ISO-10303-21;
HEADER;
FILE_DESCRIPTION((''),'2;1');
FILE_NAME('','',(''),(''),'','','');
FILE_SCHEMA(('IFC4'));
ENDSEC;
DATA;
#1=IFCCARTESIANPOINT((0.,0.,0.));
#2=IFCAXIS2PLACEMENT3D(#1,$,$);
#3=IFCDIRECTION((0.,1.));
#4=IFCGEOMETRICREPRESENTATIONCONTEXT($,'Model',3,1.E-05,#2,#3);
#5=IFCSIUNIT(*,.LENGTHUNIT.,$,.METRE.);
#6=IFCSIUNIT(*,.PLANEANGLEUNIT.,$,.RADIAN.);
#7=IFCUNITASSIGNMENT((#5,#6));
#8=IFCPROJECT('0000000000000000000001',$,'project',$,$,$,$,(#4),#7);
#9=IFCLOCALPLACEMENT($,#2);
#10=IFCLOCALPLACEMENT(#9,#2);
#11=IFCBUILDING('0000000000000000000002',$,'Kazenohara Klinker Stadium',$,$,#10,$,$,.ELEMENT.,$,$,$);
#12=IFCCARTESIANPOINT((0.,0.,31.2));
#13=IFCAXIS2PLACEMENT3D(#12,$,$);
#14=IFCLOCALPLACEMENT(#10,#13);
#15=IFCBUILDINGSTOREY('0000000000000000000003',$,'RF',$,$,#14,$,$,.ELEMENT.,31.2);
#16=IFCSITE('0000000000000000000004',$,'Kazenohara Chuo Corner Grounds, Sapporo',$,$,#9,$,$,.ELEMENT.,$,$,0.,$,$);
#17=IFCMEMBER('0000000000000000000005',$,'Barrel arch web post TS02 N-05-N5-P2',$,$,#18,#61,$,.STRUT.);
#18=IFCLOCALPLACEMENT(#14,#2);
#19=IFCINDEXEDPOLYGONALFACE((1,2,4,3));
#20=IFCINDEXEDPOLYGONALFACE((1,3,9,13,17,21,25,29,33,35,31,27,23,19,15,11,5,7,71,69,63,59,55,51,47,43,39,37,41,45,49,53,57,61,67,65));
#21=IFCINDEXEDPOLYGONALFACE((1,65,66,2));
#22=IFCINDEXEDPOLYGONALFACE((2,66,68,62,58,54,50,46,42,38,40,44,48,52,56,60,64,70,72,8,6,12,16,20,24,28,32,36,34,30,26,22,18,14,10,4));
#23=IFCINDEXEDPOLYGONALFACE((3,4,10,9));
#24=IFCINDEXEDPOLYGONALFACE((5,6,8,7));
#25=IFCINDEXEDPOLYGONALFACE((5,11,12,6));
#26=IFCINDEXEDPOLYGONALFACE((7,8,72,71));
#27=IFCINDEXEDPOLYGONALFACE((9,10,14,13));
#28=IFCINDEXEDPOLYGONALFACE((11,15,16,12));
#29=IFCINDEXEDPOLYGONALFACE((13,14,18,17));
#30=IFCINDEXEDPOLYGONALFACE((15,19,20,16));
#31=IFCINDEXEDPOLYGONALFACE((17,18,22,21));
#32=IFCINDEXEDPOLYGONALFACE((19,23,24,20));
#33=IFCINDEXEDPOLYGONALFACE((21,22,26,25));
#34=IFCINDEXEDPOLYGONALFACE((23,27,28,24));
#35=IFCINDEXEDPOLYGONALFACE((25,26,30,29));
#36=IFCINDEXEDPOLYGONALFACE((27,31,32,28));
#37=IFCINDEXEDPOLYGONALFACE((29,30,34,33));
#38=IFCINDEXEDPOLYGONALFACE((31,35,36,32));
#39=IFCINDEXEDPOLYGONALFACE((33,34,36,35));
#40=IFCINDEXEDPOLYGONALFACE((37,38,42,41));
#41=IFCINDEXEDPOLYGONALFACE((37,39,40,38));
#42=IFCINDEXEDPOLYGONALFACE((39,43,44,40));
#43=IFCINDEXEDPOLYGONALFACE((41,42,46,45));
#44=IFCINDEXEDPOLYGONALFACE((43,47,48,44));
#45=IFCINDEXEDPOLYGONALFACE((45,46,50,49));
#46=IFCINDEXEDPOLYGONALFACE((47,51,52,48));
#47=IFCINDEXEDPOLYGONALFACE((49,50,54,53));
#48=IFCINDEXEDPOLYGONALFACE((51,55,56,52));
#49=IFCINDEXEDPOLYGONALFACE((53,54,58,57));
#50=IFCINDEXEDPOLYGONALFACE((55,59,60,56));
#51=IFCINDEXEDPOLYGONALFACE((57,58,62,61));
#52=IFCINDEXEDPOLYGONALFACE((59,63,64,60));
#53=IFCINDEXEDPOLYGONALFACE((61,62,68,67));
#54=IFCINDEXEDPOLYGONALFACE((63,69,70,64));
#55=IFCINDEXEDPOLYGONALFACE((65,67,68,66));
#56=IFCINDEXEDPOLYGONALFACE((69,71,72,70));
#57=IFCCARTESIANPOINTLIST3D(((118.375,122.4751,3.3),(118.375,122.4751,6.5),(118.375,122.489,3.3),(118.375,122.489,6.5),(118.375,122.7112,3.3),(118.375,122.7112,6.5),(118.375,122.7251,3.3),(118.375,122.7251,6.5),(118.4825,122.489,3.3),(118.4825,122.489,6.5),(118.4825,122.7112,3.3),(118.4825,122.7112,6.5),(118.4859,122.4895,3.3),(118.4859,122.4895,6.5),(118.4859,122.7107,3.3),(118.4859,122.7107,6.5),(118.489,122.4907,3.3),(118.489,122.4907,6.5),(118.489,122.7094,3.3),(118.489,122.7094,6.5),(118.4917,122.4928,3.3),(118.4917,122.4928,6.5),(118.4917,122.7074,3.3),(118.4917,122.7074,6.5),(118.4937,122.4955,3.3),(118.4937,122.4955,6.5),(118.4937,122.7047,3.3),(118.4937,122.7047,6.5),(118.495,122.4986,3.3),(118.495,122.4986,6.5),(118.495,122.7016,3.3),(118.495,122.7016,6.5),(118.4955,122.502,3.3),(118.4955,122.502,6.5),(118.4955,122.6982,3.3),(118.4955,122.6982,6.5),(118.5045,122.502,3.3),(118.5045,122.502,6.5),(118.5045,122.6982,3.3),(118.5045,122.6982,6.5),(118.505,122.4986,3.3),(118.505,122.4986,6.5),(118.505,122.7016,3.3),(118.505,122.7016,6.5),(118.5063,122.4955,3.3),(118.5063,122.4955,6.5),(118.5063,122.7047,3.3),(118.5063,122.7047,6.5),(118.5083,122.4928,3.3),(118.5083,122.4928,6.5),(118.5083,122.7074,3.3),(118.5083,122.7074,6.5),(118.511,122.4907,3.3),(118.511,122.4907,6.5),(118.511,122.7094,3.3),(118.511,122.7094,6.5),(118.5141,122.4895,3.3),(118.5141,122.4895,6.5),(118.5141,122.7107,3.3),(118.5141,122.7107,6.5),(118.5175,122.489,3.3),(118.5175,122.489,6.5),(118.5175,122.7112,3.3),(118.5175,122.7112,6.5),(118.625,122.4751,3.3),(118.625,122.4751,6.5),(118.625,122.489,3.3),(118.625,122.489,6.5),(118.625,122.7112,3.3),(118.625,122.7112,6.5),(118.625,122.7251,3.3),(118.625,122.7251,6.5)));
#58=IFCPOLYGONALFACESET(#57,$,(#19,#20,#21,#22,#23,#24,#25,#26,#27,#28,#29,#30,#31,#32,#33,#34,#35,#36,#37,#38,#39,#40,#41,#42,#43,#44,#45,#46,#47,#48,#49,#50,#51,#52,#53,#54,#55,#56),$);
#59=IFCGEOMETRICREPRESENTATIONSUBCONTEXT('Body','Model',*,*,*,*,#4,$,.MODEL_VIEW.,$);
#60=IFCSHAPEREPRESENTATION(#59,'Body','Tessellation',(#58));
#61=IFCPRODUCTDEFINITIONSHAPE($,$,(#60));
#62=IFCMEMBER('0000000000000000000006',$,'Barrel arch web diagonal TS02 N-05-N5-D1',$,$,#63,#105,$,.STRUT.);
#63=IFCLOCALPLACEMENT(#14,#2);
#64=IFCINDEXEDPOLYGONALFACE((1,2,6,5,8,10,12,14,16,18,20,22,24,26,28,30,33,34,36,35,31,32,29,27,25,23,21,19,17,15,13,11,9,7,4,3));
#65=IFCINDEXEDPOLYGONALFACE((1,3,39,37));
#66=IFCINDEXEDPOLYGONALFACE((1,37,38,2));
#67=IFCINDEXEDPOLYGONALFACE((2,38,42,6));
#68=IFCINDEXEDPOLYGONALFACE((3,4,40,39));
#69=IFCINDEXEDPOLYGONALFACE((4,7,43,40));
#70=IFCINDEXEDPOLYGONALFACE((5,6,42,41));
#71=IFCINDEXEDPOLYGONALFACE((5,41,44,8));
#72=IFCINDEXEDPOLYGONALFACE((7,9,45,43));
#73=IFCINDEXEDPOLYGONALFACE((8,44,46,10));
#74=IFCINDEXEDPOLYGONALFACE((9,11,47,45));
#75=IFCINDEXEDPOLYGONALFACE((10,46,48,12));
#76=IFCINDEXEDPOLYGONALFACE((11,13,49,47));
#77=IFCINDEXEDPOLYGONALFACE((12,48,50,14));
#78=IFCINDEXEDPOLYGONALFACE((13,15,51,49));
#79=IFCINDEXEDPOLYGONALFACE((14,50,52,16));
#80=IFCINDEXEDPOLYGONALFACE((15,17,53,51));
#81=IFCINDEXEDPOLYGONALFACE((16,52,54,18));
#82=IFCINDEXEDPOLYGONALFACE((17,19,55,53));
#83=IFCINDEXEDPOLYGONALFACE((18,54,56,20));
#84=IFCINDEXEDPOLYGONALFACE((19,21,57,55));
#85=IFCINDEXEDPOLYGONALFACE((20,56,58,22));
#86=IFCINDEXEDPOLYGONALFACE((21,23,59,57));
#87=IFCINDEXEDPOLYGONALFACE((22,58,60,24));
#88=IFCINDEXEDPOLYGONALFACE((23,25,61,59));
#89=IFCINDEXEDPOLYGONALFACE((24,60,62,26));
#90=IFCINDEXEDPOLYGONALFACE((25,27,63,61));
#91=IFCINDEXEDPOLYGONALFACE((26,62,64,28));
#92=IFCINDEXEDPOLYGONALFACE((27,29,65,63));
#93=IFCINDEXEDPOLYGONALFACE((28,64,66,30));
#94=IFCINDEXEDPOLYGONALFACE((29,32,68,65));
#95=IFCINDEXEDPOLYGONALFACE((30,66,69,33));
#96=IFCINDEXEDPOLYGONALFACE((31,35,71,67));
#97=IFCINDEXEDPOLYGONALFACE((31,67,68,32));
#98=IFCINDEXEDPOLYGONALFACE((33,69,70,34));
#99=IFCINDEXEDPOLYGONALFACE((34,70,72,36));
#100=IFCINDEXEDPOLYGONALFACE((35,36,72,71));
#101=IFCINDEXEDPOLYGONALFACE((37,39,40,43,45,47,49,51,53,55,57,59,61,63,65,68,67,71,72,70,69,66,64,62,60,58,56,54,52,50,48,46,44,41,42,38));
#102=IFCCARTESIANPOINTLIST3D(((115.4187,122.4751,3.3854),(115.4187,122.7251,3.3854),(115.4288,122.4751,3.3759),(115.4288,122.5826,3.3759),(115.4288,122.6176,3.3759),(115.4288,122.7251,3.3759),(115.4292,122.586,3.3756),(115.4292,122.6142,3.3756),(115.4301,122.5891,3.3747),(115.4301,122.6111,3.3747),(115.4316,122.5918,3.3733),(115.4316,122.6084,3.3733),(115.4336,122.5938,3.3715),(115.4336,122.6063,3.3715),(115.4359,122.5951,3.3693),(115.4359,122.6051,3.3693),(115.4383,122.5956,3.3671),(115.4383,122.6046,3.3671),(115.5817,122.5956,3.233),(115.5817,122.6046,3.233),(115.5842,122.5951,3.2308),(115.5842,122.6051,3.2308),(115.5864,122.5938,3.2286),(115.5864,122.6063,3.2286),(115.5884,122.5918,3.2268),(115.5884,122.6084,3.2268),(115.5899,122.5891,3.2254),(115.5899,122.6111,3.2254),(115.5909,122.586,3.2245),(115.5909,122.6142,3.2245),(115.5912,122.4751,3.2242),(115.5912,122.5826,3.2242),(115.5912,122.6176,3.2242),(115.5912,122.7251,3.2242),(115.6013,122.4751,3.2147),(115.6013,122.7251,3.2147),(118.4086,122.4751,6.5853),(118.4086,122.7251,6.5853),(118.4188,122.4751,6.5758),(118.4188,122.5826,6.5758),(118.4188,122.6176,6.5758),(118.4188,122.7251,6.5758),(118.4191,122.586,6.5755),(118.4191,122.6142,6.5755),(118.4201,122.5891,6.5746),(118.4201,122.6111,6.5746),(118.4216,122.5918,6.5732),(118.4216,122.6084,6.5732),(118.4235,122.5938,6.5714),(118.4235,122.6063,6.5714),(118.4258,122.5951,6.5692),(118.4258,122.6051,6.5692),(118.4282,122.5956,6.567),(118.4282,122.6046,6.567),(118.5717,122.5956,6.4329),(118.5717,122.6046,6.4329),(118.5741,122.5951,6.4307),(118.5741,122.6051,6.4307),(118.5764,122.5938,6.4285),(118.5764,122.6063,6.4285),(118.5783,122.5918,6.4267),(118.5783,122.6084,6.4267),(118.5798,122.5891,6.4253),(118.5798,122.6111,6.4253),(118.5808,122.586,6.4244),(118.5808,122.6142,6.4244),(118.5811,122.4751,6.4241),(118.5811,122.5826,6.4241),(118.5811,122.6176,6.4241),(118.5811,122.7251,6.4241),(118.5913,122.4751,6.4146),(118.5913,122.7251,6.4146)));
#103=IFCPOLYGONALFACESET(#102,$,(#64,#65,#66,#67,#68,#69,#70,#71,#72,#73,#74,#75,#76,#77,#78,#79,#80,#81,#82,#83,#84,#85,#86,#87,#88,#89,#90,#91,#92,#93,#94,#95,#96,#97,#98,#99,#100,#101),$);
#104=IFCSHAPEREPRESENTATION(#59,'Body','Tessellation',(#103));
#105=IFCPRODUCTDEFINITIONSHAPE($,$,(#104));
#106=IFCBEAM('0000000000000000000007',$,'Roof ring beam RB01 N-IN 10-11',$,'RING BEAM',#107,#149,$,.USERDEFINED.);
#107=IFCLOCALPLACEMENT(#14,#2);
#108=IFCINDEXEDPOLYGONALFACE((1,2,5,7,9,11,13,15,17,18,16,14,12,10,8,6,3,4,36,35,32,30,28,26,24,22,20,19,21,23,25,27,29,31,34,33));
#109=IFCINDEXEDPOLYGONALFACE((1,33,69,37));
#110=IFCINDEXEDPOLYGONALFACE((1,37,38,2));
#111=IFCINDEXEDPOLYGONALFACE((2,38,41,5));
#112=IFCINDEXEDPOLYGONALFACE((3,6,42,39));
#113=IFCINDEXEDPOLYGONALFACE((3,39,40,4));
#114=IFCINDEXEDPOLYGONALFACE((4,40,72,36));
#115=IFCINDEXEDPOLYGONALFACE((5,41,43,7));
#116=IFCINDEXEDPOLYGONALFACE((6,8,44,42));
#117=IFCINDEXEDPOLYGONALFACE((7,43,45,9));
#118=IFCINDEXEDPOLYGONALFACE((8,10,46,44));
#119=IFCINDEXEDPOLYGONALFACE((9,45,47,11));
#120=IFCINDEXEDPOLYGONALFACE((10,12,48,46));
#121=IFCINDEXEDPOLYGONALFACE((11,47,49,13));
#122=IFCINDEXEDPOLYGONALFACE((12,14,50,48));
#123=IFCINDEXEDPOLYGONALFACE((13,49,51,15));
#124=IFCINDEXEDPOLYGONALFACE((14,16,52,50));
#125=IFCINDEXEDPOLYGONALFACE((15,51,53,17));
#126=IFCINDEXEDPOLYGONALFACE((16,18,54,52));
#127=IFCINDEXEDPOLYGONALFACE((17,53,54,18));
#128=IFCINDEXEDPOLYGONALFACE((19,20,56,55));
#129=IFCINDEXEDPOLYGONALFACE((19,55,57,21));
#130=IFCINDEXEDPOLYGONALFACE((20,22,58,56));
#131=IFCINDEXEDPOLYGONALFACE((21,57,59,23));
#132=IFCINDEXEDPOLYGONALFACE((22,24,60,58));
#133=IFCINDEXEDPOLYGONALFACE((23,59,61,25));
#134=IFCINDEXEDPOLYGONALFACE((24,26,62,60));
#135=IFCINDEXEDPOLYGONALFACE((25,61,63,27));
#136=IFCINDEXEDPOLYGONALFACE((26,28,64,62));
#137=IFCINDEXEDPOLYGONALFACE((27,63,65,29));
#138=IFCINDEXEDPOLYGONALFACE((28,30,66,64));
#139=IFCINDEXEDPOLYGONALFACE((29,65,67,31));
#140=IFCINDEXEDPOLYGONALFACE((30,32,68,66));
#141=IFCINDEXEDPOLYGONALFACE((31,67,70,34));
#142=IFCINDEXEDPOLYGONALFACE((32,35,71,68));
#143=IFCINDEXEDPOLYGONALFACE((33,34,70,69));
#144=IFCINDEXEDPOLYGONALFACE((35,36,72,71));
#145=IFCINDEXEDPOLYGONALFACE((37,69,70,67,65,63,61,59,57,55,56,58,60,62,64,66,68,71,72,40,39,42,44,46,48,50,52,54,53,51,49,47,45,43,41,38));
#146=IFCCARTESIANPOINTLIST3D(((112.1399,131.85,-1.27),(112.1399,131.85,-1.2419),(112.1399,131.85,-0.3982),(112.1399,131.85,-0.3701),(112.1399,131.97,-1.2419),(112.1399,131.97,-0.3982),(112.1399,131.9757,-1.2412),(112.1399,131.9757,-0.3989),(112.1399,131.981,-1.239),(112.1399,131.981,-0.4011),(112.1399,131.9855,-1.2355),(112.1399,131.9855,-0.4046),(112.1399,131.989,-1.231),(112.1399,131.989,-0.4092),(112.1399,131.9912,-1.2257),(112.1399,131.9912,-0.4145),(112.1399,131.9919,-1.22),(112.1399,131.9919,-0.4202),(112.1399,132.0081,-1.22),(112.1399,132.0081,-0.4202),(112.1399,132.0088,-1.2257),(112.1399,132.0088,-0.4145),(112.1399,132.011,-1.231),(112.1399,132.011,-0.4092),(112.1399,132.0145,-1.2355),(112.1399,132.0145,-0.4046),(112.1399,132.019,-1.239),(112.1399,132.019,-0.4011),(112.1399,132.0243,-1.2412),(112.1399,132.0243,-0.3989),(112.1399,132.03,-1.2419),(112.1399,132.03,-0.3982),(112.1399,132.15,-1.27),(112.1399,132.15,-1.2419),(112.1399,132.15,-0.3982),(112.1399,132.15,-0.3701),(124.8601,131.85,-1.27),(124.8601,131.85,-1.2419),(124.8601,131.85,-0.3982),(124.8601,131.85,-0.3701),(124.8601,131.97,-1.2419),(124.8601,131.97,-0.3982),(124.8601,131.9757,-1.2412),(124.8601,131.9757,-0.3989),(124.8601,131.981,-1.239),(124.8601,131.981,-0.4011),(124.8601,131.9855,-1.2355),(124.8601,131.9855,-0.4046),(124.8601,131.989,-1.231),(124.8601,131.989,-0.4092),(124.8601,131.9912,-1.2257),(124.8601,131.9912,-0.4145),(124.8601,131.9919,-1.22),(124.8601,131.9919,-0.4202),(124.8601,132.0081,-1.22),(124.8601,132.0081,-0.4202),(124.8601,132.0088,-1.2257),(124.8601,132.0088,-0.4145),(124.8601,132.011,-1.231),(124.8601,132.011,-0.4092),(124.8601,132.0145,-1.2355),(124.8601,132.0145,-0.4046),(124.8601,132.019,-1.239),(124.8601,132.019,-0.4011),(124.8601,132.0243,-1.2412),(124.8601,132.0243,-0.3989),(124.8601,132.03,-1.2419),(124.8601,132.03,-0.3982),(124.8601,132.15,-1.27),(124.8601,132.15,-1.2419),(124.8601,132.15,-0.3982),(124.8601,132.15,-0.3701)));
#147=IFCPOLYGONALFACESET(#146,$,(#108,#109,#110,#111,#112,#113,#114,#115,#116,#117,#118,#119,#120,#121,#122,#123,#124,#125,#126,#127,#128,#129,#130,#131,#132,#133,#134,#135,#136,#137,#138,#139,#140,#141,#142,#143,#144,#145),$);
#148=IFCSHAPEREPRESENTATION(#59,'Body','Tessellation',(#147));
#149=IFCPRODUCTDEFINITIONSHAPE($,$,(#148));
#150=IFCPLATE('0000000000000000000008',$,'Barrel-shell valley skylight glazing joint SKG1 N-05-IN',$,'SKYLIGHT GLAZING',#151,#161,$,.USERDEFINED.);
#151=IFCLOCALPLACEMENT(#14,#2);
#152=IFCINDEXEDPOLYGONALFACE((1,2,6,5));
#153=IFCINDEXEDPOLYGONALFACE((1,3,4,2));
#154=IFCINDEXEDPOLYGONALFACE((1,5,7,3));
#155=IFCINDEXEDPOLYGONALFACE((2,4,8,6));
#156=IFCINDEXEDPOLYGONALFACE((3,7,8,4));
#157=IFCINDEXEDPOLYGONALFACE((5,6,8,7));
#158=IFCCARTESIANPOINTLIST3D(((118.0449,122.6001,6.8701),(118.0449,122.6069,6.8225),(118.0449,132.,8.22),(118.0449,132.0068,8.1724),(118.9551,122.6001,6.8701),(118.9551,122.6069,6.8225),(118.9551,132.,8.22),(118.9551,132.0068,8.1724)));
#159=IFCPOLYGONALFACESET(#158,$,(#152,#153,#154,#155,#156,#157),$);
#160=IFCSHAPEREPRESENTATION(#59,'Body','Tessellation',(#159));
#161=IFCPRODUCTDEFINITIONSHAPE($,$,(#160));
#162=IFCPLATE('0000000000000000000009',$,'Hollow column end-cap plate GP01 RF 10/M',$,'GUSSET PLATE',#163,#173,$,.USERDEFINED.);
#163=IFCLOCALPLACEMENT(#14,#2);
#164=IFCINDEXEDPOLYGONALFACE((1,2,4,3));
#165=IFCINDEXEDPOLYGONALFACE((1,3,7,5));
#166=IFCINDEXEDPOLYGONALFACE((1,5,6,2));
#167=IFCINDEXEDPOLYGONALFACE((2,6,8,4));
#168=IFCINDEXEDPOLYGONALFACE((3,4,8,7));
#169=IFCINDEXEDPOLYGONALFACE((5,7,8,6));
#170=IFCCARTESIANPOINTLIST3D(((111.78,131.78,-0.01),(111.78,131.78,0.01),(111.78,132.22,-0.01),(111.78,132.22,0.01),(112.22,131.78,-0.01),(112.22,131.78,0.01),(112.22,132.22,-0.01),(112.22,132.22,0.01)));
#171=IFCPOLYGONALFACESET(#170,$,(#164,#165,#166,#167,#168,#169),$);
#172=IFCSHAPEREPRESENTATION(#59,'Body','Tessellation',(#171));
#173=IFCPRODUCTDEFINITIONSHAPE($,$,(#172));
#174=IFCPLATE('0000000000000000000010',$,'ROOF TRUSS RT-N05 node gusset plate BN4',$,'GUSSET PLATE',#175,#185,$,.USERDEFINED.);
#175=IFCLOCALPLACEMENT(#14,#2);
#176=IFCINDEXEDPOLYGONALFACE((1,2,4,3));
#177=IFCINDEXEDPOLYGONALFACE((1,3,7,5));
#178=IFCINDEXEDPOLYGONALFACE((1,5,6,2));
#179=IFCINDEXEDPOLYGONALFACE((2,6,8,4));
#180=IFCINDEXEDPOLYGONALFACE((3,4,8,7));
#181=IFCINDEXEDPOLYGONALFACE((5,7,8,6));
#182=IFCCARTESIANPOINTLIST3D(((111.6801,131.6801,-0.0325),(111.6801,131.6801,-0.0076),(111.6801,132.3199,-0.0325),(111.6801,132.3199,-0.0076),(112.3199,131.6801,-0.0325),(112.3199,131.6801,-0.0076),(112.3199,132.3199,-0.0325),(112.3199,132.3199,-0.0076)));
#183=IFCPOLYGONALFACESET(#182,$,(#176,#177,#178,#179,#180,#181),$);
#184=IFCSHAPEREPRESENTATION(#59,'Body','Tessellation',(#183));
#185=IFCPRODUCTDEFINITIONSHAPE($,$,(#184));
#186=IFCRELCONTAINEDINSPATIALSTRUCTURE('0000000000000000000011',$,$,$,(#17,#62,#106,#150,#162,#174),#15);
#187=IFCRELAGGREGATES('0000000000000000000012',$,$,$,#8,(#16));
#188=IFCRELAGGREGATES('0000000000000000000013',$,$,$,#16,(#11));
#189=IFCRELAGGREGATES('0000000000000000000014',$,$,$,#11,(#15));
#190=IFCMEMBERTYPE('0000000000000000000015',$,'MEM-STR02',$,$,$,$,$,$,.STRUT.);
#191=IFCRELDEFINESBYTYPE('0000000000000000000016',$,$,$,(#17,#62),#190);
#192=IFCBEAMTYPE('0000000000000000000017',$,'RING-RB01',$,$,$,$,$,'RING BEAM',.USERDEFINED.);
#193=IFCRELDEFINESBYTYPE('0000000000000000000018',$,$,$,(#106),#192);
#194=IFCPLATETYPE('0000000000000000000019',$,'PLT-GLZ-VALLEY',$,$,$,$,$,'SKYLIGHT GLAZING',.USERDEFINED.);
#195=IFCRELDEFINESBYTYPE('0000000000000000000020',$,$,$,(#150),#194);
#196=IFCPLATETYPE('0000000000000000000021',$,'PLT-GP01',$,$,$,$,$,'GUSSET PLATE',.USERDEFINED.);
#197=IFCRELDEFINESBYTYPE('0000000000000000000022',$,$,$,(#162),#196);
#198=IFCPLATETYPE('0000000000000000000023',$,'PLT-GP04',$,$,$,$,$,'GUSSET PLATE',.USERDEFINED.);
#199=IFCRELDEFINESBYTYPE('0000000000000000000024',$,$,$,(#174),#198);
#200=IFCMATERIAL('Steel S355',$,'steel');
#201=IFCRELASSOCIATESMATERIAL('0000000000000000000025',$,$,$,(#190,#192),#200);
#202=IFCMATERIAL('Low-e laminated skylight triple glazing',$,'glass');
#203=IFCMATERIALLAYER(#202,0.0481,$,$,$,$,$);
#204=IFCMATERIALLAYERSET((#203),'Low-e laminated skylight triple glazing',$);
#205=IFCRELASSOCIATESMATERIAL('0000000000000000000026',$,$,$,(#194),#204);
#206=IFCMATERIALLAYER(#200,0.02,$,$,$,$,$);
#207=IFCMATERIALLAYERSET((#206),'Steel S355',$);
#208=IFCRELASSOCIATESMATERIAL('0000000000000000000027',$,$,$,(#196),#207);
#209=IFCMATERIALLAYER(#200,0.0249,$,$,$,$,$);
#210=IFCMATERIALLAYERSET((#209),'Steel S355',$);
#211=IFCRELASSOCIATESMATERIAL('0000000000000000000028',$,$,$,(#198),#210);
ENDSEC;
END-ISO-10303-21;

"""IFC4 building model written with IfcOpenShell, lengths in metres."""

from ifc_helpers import new_model, si_unit, direction, frame, origin, origin_2d, place, context, subcontext, project, spatial, polyline, rectangle, i_section, outline, extrude, material, layer, layer_set, material_profile, profile_set, type_object, element, save


model = new_model("IFC4")

# Units and contexts
model_context = context("Model", 3, precision=1e-05, world=origin(), true_north=direction((0.0, 1.0)))
body_context = subcontext(model_context, "Body", "Model", "MODEL_VIEW")
ifc_project = project(units=[si_unit("LENGTHUNIT", "METRE"), si_unit("PLANEANGLEUNIT", "RADIAN")], contexts=[model_context])

# Site, building, storey
site_placement = place(None, origin())
site = spatial("IfcSite", under=ifc_project, at=site_placement, Name="Kazenohara Chuo Corner Grounds, Sapporo", CompositionType="ELEMENT", RefElevation=0.0)
building_placement = place(site_placement, origin())
building = spatial("IfcBuilding", under=site, at=building_placement, Name="Kazenohara Klinker Stadium", CompositionType="ELEMENT")
storey_placement = place(building_placement, frame((0.0, 0.0, 31.2)))
storey = spatial("IfcBuildingStorey", under=building, at=storey_placement, Name="RF", CompositionType="ELEMENT", Elevation=31.2)

# Members
ifc_material_1 = material(Name="Steel S355", Category="steel")
ifc_material_profile_1 = material_profile(ifc_material_1, i_section(OverallWidth=0.25, OverallDepth=0.25, WebThickness=0.009, FlangeThickness=0.0139, FilletRadius=0.0129, at=origin_2d()), Name="H-250x250x9x14")
ifc_profile_set_1 = profile_set([ifc_material_profile_1], Name="Steel S355")
member_type_1 = type_object("IfcMemberType", Name="MEM-STR02", PredefinedType="STRUT", material=ifc_profile_set_1)
member_1_placement = place(storey_placement, frame((118.5, 122.6001, 3.3), z_axis=(0.0, 0.0, 1.0), x_axis=(1.0, 0.0, 0.0)))
element("IfcMember", 1, at=member_1_placement, inside=storey, type_object=member_type_1, Name="Barrel arch web post TS02 N-05-N5-P2", PredefinedType="STRUT", context=body_context, shape_type="SweptSolid", body=[
    extrude(i_section(OverallWidth=0.25, OverallDepth=0.25, WebThickness=0.009, FlangeThickness=0.0139, FilletRadius=0.0129, at=origin_2d()), origin(), (0.0, 0.0, 1.0), 3.2),
])
member_2_placement = place(storey_placement, frame((115.51, 122.6001, 3.3), z_axis=(0.682729, 0.0, 0.730671), x_axis=(0.0, 1.0, 0.0)))
element("IfcMember", 2, at=member_2_placement, inside=storey, type_object=member_type_1, Name="Barrel arch web diagonal TS02 N-05-N5-D1", PredefinedType="STRUT", context=body_context, shape_type="SweptSolid", body=[
    extrude(i_section(OverallWidth=0.25, OverallDepth=0.25, WebThickness=0.009, FlangeThickness=0.0139, FilletRadius=0.0129, at=origin_2d()), origin(), (0.0, 0.0, 1.0), 4.3794),
])

# Beam
ifc_material_profile_2 = material_profile(ifc_material_1, i_section(OverallWidth=0.3, OverallDepth=0.8999, WebThickness=0.0161, FlangeThickness=0.0281, FilletRadius=0.022, at=origin_2d()), Name="H-900x300x16x28")
ifc_profile_set_2 = profile_set([ifc_material_profile_2], Name="Steel S355")
beam_type = type_object("IfcBeamType", Name="RING-RB01", ElementType="RING BEAM", PredefinedType="USERDEFINED", material=ifc_profile_set_2)
beam_placement = place(storey_placement, frame((112.1399, 132.0, -0.8201), z_axis=(1.0, 0.0, 0.0), x_axis=(0.0, 1.0, 0.0)))
element("IfcBeam", 3, at=beam_placement, inside=storey, type_object=beam_type, Name="Roof ring beam RB01 N-IN 10-11", ObjectType="RING BEAM", PredefinedType="USERDEFINED", context=body_context, shape_type="SweptSolid", body=[
    extrude(i_section(OverallWidth=0.3, OverallDepth=0.8999, WebThickness=0.0161, FlangeThickness=0.0281, FilletRadius=0.022, at=origin_2d()), origin(), (0.0, 0.0, 1.0), 12.7202),
])

# Plates
ifc_material_2 = material(Name="Low-e laminated skylight triple glazing", Category="glass")
ifc_layer_1 = layer(ifc_material_2, 0.0481)
ifc_layer_set_1 = layer_set([ifc_layer_1], Name="Low-e laminated skylight triple glazing")
plate_type_1 = type_object("IfcPlateType", Name="PLT-GLZ-VALLEY", ElementType="SKYLIGHT GLAZING", PredefinedType="USERDEFINED", material=ifc_layer_set_1)
plate_1_placement = place(storey_placement, frame((118.0449, 132.0, 8.22), z_axis=(0.0, -0.142145, 0.989846), x_axis=(0.0, -0.989846, -0.142145)))
element("IfcPlate", 4, at=plate_1_placement, inside=storey, type_object=plate_type_1, Name="Barrel-shell valley skylight glazing joint SKG1 N-05-IN", ObjectType="SKYLIGHT GLAZING", PredefinedType="USERDEFINED", context=body_context, shape_type="SweptSolid", body=[
    extrude(outline(polyline([(0.0, 0.0), (9.4963, 0.0), (9.4963, 0.9102), (0.0, 0.9102), (0.0, 0.0)])), origin(), (0.0, 0.0, -1.0), 0.0481),
])
ifc_layer_2 = layer(ifc_material_1, 0.02)
ifc_layer_set_2 = layer_set([ifc_layer_2], Name="Steel S355")
plate_type_2 = type_object("IfcPlateType", Name="PLT-GP01", ElementType="GUSSET PLATE", PredefinedType="USERDEFINED", material=ifc_layer_set_2)
plate_2_placement = place(storey_placement, frame((112.0, 132.0, -0.01), z_axis=(0.0, 0.0, 1.0), x_axis=(1.0, 0.0, 0.0)))
element("IfcPlate", 5, at=plate_2_placement, inside=storey, type_object=plate_type_2, Name="Hollow column end-cap plate GP01 RF 10/M", ObjectType="GUSSET PLATE", PredefinedType="USERDEFINED", context=body_context, shape_type="SweptSolid", body=[
    extrude(rectangle(XDim=0.4399, YDim=0.4399, at=origin_2d()), origin(), (0.0, 0.0, 1.0), 0.02),
])
ifc_layer_3 = layer(ifc_material_1, 0.0249)
ifc_layer_set_3 = layer_set([ifc_layer_3], Name="Steel S355")
plate_type_3 = type_object("IfcPlateType", Name="PLT-GP04", ElementType="GUSSET PLATE", PredefinedType="USERDEFINED", material=ifc_layer_set_3)
for number, where, z_axis, x_axis, name in (
    (6, (112.0, 132.0, -0.0325), (0.0, 0.0, 1.0), (1.0, 0.0, 0.0), "ROOF TRUSS RT-N05 node gusset plate BN4"),
):
    element("IfcPlate", number, at=place(storey_placement, frame(where, z_axis=z_axis, x_axis=x_axis)), inside=storey, type_object=plate_type_3, Name=name, ObjectType="GUSSET PLATE", PredefinedType="USERDEFINED", context=body_context, shape_type="SweptSolid", body=[
        extrude(rectangle(XDim=0.6399, YDim=0.6399, at=origin_2d()), origin(), (0.0, 0.0, 1.0), 0.0249),
    ])

save(model, "model.ifc")
